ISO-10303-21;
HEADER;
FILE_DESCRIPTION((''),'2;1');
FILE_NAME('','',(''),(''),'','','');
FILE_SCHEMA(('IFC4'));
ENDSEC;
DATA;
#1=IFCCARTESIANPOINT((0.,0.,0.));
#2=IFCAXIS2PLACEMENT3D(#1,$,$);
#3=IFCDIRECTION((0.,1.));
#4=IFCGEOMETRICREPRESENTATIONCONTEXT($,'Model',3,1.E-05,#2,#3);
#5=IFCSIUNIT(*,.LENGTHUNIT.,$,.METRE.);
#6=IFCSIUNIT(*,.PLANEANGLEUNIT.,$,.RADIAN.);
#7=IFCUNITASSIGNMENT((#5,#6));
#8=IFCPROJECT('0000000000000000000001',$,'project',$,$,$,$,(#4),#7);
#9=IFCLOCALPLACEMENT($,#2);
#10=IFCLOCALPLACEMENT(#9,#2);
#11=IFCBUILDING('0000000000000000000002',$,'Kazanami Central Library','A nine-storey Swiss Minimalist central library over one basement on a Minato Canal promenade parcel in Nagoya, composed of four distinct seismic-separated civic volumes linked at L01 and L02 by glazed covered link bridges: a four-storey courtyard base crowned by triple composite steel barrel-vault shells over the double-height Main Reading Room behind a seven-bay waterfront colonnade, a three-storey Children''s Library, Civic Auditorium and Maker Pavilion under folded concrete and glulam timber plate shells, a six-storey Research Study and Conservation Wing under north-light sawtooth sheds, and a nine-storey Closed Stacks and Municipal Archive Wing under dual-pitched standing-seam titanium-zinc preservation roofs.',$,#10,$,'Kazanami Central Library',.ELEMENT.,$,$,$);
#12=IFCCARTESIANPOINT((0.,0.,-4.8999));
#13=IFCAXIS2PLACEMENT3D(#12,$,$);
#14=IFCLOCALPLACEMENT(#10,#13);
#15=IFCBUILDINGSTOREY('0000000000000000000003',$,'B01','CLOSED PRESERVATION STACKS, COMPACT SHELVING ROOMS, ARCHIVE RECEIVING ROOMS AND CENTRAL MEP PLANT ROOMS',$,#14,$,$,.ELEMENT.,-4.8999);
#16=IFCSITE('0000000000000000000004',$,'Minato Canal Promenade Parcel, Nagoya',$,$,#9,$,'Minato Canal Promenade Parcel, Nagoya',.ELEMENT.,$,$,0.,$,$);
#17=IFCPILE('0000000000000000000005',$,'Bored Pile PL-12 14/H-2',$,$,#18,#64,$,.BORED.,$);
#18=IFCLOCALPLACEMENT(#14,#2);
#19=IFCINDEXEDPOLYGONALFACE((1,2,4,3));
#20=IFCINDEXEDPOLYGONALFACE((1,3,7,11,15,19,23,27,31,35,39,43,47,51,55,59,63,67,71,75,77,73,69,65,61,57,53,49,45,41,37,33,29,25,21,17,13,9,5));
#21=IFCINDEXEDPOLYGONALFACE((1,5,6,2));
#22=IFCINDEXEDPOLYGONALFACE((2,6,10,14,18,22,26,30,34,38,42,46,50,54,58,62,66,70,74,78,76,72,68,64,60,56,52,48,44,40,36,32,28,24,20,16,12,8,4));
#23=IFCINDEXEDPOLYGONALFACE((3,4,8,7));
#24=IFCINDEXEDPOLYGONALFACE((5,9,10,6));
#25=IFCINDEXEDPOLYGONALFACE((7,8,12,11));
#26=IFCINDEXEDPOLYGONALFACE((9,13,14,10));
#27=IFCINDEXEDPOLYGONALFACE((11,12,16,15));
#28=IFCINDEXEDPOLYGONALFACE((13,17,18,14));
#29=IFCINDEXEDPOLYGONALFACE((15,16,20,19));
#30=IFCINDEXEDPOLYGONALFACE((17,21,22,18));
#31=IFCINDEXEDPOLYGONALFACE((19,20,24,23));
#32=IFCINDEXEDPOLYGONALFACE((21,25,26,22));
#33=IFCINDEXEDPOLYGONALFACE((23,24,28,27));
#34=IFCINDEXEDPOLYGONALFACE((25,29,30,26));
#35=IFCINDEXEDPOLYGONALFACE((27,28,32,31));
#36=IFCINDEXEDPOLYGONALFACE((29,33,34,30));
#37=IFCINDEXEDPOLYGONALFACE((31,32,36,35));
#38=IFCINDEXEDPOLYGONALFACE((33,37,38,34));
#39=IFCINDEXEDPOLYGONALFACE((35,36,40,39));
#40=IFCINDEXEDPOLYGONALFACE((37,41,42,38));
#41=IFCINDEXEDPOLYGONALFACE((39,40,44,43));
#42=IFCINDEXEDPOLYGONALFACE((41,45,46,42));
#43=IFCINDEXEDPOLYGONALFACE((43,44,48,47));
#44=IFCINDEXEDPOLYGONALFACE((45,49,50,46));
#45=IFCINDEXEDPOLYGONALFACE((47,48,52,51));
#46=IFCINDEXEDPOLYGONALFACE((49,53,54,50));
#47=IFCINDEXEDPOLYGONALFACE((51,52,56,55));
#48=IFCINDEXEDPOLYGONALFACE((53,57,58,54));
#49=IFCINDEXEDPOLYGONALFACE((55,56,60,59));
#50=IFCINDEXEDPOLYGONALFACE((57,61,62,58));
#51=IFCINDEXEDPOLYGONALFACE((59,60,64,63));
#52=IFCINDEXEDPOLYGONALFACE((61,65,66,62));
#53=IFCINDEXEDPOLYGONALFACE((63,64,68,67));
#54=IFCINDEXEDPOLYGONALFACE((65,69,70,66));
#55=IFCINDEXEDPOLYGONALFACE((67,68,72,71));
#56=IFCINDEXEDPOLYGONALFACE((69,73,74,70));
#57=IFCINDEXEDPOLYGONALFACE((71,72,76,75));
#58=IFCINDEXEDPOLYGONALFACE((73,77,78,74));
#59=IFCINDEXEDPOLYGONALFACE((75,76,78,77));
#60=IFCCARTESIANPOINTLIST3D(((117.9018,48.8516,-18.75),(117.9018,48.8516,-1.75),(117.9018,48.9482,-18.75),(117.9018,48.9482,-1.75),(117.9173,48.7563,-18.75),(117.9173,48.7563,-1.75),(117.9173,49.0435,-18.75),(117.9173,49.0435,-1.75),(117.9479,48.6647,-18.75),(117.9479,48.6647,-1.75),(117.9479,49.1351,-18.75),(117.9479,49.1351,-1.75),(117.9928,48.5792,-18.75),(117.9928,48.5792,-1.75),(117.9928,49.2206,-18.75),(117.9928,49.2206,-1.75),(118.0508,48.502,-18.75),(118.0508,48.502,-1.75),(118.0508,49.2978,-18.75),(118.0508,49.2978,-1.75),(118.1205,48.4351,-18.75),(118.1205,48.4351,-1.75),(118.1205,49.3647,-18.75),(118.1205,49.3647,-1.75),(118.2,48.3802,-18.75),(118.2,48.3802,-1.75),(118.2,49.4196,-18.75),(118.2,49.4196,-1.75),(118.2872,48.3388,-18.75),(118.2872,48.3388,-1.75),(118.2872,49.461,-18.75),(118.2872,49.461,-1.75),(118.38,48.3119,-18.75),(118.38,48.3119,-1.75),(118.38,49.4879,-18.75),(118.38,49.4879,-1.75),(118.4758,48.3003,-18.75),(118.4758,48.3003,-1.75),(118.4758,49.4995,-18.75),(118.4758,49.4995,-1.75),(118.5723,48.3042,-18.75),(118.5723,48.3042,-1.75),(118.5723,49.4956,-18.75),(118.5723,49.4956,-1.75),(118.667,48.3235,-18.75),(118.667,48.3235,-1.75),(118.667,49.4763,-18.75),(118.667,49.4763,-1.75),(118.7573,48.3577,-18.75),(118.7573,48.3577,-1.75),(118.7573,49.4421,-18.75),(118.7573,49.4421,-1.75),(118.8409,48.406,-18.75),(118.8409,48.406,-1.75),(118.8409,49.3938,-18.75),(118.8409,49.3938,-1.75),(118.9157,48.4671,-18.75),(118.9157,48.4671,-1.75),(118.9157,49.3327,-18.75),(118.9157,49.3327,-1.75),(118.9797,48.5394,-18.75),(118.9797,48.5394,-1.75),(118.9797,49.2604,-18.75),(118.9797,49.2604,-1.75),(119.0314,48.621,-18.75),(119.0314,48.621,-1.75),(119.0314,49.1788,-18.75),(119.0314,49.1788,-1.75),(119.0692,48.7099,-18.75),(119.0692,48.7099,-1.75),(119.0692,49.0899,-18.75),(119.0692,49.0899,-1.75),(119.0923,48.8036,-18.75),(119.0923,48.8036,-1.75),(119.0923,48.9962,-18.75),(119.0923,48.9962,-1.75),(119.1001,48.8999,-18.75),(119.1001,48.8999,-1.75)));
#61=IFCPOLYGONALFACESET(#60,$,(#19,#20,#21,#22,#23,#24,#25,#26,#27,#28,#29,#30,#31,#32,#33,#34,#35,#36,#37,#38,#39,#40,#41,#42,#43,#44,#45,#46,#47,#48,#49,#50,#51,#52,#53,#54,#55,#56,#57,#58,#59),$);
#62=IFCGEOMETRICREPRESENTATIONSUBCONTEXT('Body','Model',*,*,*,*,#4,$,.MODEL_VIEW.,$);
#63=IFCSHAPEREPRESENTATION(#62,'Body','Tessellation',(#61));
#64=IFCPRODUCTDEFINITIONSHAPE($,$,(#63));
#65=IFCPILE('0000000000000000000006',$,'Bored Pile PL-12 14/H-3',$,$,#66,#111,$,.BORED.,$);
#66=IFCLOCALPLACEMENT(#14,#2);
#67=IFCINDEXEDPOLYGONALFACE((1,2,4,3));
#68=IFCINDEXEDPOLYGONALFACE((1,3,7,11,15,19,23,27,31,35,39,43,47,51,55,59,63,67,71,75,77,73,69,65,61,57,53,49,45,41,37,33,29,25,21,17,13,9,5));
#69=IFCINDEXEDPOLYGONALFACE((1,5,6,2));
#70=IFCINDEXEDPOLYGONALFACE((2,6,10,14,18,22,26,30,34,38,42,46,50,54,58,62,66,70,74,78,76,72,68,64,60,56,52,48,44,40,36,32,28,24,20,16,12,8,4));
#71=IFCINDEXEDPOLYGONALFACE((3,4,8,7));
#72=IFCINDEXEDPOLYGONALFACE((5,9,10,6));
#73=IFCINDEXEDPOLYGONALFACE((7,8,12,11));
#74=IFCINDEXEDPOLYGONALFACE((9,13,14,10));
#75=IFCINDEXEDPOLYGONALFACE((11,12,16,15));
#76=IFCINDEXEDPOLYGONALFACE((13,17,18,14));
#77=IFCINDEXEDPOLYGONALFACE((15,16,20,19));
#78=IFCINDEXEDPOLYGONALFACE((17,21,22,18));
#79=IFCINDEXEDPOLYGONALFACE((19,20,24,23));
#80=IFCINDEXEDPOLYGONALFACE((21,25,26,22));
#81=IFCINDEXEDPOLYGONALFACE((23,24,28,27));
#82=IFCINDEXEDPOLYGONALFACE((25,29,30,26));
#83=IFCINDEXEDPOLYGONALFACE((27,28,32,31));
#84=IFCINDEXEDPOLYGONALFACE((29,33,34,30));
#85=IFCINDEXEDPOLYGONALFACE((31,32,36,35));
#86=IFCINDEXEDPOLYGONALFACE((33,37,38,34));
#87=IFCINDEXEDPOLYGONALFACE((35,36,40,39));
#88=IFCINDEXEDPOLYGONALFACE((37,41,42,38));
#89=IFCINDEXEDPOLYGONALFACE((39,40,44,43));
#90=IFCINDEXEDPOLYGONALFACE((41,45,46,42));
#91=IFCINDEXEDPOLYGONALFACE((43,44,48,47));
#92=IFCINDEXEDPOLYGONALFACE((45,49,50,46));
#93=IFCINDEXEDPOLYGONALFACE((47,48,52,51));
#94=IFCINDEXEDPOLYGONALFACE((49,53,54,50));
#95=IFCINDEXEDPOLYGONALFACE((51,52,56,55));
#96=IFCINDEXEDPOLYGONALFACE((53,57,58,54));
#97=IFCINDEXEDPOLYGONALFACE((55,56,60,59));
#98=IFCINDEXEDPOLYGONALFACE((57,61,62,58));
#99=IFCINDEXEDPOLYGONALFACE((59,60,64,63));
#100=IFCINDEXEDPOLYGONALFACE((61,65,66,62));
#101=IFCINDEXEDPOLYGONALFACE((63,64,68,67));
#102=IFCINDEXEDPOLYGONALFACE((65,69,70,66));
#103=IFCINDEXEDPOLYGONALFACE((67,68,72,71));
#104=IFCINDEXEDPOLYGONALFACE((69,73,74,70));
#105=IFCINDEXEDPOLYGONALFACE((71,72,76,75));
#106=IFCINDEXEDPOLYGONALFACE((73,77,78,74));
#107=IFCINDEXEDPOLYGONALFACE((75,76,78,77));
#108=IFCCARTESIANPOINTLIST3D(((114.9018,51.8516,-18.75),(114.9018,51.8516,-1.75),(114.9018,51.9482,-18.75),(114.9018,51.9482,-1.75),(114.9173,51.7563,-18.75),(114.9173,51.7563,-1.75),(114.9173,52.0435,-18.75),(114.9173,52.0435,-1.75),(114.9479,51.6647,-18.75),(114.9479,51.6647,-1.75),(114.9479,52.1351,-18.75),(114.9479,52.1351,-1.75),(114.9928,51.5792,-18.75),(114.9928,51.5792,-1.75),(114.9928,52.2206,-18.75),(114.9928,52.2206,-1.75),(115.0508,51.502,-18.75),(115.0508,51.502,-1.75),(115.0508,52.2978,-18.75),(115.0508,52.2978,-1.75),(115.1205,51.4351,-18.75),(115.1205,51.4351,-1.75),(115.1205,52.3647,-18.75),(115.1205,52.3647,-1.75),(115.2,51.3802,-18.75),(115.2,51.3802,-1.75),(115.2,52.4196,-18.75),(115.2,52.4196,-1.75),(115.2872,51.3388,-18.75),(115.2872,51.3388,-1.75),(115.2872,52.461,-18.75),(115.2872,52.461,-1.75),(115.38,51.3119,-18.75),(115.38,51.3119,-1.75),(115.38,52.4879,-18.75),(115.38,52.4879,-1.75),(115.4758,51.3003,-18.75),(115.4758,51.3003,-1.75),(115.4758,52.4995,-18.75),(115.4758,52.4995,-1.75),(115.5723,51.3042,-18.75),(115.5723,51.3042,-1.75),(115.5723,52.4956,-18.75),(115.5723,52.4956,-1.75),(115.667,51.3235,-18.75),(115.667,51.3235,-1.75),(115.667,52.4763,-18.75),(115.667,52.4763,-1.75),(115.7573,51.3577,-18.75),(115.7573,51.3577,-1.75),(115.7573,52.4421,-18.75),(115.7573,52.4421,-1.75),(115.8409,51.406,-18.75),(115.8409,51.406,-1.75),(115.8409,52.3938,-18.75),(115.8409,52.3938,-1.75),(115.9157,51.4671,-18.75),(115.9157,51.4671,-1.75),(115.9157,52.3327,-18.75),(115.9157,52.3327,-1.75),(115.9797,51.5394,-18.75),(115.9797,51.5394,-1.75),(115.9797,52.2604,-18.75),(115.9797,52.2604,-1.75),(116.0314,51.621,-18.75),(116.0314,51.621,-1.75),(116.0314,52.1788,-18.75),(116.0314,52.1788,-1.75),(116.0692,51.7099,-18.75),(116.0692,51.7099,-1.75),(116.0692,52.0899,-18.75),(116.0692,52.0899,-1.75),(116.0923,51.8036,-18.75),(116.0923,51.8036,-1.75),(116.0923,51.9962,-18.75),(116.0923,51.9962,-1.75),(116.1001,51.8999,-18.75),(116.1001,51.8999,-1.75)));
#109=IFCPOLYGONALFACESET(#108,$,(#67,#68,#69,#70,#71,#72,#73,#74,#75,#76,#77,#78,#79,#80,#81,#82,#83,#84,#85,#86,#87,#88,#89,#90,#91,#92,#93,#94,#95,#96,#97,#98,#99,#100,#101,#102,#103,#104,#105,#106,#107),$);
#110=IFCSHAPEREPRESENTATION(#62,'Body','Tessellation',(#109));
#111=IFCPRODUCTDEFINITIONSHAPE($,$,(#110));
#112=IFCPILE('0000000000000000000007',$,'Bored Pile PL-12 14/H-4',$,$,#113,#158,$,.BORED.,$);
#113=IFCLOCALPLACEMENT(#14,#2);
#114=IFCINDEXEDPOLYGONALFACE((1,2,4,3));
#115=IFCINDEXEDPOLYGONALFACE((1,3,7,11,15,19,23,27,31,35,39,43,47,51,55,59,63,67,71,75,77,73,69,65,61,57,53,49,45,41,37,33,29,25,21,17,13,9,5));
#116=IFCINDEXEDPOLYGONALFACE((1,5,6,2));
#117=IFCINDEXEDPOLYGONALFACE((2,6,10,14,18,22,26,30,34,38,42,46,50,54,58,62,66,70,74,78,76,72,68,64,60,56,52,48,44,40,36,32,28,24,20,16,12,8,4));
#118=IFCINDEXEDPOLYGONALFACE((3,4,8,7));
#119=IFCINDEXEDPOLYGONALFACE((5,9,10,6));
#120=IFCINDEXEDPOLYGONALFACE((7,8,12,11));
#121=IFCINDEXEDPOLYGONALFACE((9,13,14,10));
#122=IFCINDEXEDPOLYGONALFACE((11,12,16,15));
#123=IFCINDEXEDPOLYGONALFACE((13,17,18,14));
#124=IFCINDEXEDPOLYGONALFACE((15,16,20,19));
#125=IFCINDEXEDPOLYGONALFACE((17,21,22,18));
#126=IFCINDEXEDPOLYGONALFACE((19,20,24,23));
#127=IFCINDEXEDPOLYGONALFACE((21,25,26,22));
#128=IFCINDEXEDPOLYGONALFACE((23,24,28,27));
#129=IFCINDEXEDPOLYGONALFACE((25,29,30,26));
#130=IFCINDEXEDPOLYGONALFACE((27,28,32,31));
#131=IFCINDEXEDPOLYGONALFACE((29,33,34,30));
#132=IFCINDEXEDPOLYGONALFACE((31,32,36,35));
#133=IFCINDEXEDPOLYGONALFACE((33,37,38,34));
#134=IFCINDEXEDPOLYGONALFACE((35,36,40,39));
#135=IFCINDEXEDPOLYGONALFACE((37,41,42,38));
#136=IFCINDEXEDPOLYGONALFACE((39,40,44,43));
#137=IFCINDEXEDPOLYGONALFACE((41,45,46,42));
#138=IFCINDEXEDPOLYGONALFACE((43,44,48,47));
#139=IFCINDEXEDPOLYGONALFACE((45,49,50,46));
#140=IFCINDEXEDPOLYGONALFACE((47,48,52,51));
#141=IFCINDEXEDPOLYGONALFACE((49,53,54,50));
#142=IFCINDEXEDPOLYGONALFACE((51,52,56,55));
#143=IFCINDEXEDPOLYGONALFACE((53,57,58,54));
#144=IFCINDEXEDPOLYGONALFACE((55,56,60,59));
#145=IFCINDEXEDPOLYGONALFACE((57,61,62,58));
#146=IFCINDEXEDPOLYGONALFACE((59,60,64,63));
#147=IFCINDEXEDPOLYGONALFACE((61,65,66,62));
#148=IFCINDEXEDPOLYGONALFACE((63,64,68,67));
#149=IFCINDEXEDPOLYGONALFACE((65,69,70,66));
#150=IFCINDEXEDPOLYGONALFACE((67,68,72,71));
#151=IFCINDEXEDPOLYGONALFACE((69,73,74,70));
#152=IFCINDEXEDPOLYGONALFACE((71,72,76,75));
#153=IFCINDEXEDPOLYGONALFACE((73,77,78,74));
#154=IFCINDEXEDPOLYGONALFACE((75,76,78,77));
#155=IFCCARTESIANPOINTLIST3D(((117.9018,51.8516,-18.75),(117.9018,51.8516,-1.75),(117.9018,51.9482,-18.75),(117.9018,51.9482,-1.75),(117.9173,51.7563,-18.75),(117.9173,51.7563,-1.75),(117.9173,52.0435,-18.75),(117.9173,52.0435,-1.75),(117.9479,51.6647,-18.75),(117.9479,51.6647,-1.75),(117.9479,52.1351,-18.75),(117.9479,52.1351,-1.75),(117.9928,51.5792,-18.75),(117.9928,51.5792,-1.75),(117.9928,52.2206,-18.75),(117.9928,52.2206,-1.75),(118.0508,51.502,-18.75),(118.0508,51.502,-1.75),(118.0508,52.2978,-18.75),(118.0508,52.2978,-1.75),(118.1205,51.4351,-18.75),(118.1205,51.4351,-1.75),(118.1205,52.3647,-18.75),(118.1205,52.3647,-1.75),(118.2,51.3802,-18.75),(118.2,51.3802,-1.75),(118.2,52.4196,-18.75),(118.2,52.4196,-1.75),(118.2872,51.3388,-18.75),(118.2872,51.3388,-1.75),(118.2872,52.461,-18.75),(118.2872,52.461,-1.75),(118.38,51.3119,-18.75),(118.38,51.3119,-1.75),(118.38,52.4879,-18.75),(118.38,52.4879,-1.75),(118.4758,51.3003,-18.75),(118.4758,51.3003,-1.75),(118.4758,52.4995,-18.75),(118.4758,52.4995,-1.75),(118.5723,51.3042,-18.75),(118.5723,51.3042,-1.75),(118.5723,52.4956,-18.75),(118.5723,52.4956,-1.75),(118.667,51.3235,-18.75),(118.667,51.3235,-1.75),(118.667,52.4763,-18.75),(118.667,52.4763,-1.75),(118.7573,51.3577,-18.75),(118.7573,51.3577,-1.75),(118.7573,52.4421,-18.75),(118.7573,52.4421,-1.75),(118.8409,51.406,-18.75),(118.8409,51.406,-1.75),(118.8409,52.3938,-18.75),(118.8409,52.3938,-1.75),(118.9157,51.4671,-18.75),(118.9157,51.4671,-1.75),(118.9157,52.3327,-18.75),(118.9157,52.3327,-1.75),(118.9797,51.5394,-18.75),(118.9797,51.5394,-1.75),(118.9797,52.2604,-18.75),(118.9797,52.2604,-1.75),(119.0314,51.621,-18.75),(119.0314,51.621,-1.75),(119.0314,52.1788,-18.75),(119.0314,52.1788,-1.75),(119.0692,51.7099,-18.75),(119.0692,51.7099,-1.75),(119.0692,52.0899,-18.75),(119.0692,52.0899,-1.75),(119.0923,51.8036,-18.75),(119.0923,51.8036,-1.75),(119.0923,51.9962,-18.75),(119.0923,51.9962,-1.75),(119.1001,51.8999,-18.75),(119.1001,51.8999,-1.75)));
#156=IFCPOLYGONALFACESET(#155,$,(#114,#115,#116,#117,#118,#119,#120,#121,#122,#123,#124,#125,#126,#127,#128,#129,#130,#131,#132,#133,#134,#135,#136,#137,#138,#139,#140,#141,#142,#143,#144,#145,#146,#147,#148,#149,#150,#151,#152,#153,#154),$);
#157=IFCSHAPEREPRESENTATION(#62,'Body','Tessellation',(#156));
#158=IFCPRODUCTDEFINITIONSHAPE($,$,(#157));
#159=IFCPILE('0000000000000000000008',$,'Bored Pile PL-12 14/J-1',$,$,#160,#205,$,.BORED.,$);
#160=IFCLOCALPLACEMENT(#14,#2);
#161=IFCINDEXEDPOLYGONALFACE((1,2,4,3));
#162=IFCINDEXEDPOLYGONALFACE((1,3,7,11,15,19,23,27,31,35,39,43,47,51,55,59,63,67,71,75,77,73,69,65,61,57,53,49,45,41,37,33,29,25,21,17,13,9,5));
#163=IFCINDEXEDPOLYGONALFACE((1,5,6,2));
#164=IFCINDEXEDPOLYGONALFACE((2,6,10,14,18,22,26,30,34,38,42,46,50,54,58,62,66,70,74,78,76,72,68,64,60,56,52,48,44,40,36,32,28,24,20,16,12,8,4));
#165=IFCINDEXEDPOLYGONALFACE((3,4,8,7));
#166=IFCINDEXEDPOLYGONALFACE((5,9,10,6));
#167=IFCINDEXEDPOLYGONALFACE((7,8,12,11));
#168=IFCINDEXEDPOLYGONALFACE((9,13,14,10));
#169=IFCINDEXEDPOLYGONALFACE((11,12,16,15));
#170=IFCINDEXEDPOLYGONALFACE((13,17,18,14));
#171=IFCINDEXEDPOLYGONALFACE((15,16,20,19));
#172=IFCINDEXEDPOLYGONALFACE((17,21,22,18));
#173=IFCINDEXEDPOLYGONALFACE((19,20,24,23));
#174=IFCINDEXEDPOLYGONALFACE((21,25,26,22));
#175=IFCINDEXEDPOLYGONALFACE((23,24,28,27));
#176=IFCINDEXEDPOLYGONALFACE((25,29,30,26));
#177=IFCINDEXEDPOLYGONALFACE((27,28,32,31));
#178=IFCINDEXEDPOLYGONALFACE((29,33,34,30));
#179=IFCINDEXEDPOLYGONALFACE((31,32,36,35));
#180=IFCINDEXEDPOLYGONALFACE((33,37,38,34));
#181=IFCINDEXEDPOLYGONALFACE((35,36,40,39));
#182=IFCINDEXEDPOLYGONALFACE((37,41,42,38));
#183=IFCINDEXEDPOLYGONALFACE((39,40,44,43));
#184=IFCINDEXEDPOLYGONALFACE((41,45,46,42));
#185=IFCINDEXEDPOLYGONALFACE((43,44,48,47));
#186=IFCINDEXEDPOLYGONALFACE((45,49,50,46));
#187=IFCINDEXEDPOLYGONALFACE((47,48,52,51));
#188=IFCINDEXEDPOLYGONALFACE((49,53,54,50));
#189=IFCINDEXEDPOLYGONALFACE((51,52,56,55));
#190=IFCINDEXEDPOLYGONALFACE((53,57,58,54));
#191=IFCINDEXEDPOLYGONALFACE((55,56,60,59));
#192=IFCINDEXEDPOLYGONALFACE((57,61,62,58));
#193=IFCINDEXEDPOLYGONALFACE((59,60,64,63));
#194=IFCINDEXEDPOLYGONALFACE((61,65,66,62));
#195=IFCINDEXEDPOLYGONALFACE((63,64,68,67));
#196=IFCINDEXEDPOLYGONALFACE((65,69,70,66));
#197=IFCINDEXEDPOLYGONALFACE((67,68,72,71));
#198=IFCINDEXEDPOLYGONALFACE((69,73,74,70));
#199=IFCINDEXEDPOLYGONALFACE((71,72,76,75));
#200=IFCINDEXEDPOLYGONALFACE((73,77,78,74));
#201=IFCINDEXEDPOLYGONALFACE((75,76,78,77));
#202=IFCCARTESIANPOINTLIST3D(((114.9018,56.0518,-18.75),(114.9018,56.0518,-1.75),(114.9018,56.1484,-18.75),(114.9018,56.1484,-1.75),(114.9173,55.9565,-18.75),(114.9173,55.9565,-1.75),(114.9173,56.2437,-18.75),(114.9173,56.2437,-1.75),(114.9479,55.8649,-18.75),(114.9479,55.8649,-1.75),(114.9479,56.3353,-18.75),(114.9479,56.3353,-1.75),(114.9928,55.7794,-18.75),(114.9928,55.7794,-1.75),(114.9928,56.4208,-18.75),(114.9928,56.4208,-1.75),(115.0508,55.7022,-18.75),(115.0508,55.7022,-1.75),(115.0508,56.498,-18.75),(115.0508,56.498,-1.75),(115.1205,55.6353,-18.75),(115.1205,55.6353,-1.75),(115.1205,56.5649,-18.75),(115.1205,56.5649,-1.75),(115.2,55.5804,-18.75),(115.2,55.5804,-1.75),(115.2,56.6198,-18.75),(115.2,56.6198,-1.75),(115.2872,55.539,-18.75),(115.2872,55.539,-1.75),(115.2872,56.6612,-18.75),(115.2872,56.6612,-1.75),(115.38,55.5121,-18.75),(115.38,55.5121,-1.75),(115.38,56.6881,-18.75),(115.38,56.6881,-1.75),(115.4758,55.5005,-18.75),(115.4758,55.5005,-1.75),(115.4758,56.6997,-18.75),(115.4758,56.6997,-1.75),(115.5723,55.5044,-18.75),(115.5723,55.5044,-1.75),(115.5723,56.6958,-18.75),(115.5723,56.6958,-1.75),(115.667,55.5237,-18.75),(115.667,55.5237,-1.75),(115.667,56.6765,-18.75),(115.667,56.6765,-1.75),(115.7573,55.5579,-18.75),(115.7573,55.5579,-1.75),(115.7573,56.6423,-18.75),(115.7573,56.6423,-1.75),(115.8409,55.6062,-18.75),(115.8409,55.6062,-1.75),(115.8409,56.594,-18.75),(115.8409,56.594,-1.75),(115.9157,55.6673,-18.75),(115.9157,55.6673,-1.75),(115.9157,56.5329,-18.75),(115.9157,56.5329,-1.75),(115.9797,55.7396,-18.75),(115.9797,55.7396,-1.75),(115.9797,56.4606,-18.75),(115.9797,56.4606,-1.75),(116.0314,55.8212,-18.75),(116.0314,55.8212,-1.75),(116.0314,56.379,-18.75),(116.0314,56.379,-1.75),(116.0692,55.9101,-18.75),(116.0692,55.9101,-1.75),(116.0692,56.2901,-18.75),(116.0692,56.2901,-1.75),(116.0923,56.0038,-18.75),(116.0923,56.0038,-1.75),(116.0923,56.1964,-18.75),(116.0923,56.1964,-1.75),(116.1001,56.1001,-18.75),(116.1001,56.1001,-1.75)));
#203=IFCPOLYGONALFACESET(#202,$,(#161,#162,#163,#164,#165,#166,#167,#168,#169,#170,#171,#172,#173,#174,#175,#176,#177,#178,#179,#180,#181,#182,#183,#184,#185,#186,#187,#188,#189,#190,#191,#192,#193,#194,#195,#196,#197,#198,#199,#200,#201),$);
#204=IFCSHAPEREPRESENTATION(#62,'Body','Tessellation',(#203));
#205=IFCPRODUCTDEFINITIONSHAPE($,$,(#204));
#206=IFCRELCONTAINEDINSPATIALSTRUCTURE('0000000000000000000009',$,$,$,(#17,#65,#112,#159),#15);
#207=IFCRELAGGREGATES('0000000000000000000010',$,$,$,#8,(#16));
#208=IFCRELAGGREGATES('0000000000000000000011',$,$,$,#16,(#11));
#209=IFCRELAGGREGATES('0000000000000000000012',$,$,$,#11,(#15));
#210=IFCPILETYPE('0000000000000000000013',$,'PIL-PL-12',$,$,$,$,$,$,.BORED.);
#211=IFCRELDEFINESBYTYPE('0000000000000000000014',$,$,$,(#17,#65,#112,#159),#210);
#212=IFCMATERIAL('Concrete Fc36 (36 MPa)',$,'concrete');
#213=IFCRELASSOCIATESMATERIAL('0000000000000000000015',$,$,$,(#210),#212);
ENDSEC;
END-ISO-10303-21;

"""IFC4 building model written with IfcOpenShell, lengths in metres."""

from ifc_helpers import new_model, si_unit, direction, frame, origin, origin_2d, place, context, subcontext, project, spatial, circle, extrude, material, material_profile, profile_set, type_object, element, save


model = new_model("IFC4")

# Units and contexts
model_context = context("Model", 3, precision=1e-05, world=origin(), true_north=direction((0.0, 1.0)))
body_context = subcontext(model_context, "Body", "Model", "MODEL_VIEW")
ifc_project = project(units=[si_unit("LENGTHUNIT", "METRE"), si_unit("PLANEANGLEUNIT", "RADIAN")], contexts=[model_context])

# Site, building, storey
site_placement = place(None, origin())
site = spatial("IfcSite", under=ifc_project, at=site_placement, Name="Minato Canal Promenade Parcel, Nagoya", LongName="Minato Canal Promenade Parcel, Nagoya", CompositionType="ELEMENT", RefElevation=0.0)
building_placement = place(site_placement, origin())
building = spatial("IfcBuilding", under=site, at=building_placement, Name="Kazanami Central Library", Description="A nine-storey Swiss Minimalist central library over one basement on a Minato Canal promenade parcel in Nagoya, composed of four distinct seismic-separated civic volumes linked at L01 and L02 by glazed covered link bridges: a four-storey courtyard base crowned by triple composite steel barrel-vault shells over the double-height Main Reading Room behind a seven-bay waterfront colonnade, a three-storey Children's Library, Civic Auditorium and Maker Pavilion under folded concrete and glulam timber plate shells, a six-storey Research Study and Conservation Wing under north-light sawtooth sheds, and a nine-storey Closed Stacks and Municipal Archive Wing under dual-pitched standing-seam titanium-zinc preservation roofs.", LongName="Kazanami Central Library", CompositionType="ELEMENT")
storey_placement = place(building_placement, frame((0.0, 0.0, -4.8999)))
storey = spatial("IfcBuildingStorey", under=building, at=storey_placement, Name="B01", Description="CLOSED PRESERVATION STACKS, COMPACT SHELVING ROOMS, ARCHIVE RECEIVING ROOMS AND CENTRAL MEP PLANT ROOMS", CompositionType="ELEMENT", Elevation=-4.8999)

# Shared definitions
ifc_material_1 = material(Name="Concrete Fc36 (36 MPa)", Category="concrete")

# Piles
ifc_material_profile_1 = material_profile(ifc_material_1, circle(Radius=0.6001, at=origin_2d()), Name="BORED-D1200")
ifc_profile_set_1 = profile_set([ifc_material_profile_1], Name="Concrete Fc36 (36 MPa)")
pile_type_1 = type_object("IfcPileType", Name="PIL-PL-12", PredefinedType="BORED", material=ifc_profile_set_1)
for number, where, z_axis, x_axis, name in (
    (1, (118.5, 48.8999, -1.75), (0.0, 0.0, -1.0), (1.0, 0.0, 0.0), "Bored Pile PL-12 14/H-2"),
    (2, (115.5, 51.8999, -1.75), (0.0, 0.0, -1.0), (1.0, 0.0, 0.0), "Bored Pile PL-12 14/H-3"),
    (3, (118.5, 51.8999, -1.75), (0.0, 0.0, -1.0), (1.0, 0.0, 0.0), "Bored Pile PL-12 14/H-4"),
    (4, (115.5, 56.1001, -1.75), (0.0, 0.0, -1.0), (1.0, 0.0, 0.0), "Bored Pile PL-12 14/J-1"),
):
    element("IfcPile", number, at=place(storey_placement, frame(where, z_axis=z_axis, x_axis=x_axis)), inside=storey, type_object=pile_type_1, Name=name, PredefinedType="BORED", context=body_context, shape_type="SweptSolid", body=[
        extrude(circle(Radius=0.6001, at=origin_2d()), origin(), (0.0, 0.0, 1.0), 17.0),
    ])

save(model, "model.ifc")
